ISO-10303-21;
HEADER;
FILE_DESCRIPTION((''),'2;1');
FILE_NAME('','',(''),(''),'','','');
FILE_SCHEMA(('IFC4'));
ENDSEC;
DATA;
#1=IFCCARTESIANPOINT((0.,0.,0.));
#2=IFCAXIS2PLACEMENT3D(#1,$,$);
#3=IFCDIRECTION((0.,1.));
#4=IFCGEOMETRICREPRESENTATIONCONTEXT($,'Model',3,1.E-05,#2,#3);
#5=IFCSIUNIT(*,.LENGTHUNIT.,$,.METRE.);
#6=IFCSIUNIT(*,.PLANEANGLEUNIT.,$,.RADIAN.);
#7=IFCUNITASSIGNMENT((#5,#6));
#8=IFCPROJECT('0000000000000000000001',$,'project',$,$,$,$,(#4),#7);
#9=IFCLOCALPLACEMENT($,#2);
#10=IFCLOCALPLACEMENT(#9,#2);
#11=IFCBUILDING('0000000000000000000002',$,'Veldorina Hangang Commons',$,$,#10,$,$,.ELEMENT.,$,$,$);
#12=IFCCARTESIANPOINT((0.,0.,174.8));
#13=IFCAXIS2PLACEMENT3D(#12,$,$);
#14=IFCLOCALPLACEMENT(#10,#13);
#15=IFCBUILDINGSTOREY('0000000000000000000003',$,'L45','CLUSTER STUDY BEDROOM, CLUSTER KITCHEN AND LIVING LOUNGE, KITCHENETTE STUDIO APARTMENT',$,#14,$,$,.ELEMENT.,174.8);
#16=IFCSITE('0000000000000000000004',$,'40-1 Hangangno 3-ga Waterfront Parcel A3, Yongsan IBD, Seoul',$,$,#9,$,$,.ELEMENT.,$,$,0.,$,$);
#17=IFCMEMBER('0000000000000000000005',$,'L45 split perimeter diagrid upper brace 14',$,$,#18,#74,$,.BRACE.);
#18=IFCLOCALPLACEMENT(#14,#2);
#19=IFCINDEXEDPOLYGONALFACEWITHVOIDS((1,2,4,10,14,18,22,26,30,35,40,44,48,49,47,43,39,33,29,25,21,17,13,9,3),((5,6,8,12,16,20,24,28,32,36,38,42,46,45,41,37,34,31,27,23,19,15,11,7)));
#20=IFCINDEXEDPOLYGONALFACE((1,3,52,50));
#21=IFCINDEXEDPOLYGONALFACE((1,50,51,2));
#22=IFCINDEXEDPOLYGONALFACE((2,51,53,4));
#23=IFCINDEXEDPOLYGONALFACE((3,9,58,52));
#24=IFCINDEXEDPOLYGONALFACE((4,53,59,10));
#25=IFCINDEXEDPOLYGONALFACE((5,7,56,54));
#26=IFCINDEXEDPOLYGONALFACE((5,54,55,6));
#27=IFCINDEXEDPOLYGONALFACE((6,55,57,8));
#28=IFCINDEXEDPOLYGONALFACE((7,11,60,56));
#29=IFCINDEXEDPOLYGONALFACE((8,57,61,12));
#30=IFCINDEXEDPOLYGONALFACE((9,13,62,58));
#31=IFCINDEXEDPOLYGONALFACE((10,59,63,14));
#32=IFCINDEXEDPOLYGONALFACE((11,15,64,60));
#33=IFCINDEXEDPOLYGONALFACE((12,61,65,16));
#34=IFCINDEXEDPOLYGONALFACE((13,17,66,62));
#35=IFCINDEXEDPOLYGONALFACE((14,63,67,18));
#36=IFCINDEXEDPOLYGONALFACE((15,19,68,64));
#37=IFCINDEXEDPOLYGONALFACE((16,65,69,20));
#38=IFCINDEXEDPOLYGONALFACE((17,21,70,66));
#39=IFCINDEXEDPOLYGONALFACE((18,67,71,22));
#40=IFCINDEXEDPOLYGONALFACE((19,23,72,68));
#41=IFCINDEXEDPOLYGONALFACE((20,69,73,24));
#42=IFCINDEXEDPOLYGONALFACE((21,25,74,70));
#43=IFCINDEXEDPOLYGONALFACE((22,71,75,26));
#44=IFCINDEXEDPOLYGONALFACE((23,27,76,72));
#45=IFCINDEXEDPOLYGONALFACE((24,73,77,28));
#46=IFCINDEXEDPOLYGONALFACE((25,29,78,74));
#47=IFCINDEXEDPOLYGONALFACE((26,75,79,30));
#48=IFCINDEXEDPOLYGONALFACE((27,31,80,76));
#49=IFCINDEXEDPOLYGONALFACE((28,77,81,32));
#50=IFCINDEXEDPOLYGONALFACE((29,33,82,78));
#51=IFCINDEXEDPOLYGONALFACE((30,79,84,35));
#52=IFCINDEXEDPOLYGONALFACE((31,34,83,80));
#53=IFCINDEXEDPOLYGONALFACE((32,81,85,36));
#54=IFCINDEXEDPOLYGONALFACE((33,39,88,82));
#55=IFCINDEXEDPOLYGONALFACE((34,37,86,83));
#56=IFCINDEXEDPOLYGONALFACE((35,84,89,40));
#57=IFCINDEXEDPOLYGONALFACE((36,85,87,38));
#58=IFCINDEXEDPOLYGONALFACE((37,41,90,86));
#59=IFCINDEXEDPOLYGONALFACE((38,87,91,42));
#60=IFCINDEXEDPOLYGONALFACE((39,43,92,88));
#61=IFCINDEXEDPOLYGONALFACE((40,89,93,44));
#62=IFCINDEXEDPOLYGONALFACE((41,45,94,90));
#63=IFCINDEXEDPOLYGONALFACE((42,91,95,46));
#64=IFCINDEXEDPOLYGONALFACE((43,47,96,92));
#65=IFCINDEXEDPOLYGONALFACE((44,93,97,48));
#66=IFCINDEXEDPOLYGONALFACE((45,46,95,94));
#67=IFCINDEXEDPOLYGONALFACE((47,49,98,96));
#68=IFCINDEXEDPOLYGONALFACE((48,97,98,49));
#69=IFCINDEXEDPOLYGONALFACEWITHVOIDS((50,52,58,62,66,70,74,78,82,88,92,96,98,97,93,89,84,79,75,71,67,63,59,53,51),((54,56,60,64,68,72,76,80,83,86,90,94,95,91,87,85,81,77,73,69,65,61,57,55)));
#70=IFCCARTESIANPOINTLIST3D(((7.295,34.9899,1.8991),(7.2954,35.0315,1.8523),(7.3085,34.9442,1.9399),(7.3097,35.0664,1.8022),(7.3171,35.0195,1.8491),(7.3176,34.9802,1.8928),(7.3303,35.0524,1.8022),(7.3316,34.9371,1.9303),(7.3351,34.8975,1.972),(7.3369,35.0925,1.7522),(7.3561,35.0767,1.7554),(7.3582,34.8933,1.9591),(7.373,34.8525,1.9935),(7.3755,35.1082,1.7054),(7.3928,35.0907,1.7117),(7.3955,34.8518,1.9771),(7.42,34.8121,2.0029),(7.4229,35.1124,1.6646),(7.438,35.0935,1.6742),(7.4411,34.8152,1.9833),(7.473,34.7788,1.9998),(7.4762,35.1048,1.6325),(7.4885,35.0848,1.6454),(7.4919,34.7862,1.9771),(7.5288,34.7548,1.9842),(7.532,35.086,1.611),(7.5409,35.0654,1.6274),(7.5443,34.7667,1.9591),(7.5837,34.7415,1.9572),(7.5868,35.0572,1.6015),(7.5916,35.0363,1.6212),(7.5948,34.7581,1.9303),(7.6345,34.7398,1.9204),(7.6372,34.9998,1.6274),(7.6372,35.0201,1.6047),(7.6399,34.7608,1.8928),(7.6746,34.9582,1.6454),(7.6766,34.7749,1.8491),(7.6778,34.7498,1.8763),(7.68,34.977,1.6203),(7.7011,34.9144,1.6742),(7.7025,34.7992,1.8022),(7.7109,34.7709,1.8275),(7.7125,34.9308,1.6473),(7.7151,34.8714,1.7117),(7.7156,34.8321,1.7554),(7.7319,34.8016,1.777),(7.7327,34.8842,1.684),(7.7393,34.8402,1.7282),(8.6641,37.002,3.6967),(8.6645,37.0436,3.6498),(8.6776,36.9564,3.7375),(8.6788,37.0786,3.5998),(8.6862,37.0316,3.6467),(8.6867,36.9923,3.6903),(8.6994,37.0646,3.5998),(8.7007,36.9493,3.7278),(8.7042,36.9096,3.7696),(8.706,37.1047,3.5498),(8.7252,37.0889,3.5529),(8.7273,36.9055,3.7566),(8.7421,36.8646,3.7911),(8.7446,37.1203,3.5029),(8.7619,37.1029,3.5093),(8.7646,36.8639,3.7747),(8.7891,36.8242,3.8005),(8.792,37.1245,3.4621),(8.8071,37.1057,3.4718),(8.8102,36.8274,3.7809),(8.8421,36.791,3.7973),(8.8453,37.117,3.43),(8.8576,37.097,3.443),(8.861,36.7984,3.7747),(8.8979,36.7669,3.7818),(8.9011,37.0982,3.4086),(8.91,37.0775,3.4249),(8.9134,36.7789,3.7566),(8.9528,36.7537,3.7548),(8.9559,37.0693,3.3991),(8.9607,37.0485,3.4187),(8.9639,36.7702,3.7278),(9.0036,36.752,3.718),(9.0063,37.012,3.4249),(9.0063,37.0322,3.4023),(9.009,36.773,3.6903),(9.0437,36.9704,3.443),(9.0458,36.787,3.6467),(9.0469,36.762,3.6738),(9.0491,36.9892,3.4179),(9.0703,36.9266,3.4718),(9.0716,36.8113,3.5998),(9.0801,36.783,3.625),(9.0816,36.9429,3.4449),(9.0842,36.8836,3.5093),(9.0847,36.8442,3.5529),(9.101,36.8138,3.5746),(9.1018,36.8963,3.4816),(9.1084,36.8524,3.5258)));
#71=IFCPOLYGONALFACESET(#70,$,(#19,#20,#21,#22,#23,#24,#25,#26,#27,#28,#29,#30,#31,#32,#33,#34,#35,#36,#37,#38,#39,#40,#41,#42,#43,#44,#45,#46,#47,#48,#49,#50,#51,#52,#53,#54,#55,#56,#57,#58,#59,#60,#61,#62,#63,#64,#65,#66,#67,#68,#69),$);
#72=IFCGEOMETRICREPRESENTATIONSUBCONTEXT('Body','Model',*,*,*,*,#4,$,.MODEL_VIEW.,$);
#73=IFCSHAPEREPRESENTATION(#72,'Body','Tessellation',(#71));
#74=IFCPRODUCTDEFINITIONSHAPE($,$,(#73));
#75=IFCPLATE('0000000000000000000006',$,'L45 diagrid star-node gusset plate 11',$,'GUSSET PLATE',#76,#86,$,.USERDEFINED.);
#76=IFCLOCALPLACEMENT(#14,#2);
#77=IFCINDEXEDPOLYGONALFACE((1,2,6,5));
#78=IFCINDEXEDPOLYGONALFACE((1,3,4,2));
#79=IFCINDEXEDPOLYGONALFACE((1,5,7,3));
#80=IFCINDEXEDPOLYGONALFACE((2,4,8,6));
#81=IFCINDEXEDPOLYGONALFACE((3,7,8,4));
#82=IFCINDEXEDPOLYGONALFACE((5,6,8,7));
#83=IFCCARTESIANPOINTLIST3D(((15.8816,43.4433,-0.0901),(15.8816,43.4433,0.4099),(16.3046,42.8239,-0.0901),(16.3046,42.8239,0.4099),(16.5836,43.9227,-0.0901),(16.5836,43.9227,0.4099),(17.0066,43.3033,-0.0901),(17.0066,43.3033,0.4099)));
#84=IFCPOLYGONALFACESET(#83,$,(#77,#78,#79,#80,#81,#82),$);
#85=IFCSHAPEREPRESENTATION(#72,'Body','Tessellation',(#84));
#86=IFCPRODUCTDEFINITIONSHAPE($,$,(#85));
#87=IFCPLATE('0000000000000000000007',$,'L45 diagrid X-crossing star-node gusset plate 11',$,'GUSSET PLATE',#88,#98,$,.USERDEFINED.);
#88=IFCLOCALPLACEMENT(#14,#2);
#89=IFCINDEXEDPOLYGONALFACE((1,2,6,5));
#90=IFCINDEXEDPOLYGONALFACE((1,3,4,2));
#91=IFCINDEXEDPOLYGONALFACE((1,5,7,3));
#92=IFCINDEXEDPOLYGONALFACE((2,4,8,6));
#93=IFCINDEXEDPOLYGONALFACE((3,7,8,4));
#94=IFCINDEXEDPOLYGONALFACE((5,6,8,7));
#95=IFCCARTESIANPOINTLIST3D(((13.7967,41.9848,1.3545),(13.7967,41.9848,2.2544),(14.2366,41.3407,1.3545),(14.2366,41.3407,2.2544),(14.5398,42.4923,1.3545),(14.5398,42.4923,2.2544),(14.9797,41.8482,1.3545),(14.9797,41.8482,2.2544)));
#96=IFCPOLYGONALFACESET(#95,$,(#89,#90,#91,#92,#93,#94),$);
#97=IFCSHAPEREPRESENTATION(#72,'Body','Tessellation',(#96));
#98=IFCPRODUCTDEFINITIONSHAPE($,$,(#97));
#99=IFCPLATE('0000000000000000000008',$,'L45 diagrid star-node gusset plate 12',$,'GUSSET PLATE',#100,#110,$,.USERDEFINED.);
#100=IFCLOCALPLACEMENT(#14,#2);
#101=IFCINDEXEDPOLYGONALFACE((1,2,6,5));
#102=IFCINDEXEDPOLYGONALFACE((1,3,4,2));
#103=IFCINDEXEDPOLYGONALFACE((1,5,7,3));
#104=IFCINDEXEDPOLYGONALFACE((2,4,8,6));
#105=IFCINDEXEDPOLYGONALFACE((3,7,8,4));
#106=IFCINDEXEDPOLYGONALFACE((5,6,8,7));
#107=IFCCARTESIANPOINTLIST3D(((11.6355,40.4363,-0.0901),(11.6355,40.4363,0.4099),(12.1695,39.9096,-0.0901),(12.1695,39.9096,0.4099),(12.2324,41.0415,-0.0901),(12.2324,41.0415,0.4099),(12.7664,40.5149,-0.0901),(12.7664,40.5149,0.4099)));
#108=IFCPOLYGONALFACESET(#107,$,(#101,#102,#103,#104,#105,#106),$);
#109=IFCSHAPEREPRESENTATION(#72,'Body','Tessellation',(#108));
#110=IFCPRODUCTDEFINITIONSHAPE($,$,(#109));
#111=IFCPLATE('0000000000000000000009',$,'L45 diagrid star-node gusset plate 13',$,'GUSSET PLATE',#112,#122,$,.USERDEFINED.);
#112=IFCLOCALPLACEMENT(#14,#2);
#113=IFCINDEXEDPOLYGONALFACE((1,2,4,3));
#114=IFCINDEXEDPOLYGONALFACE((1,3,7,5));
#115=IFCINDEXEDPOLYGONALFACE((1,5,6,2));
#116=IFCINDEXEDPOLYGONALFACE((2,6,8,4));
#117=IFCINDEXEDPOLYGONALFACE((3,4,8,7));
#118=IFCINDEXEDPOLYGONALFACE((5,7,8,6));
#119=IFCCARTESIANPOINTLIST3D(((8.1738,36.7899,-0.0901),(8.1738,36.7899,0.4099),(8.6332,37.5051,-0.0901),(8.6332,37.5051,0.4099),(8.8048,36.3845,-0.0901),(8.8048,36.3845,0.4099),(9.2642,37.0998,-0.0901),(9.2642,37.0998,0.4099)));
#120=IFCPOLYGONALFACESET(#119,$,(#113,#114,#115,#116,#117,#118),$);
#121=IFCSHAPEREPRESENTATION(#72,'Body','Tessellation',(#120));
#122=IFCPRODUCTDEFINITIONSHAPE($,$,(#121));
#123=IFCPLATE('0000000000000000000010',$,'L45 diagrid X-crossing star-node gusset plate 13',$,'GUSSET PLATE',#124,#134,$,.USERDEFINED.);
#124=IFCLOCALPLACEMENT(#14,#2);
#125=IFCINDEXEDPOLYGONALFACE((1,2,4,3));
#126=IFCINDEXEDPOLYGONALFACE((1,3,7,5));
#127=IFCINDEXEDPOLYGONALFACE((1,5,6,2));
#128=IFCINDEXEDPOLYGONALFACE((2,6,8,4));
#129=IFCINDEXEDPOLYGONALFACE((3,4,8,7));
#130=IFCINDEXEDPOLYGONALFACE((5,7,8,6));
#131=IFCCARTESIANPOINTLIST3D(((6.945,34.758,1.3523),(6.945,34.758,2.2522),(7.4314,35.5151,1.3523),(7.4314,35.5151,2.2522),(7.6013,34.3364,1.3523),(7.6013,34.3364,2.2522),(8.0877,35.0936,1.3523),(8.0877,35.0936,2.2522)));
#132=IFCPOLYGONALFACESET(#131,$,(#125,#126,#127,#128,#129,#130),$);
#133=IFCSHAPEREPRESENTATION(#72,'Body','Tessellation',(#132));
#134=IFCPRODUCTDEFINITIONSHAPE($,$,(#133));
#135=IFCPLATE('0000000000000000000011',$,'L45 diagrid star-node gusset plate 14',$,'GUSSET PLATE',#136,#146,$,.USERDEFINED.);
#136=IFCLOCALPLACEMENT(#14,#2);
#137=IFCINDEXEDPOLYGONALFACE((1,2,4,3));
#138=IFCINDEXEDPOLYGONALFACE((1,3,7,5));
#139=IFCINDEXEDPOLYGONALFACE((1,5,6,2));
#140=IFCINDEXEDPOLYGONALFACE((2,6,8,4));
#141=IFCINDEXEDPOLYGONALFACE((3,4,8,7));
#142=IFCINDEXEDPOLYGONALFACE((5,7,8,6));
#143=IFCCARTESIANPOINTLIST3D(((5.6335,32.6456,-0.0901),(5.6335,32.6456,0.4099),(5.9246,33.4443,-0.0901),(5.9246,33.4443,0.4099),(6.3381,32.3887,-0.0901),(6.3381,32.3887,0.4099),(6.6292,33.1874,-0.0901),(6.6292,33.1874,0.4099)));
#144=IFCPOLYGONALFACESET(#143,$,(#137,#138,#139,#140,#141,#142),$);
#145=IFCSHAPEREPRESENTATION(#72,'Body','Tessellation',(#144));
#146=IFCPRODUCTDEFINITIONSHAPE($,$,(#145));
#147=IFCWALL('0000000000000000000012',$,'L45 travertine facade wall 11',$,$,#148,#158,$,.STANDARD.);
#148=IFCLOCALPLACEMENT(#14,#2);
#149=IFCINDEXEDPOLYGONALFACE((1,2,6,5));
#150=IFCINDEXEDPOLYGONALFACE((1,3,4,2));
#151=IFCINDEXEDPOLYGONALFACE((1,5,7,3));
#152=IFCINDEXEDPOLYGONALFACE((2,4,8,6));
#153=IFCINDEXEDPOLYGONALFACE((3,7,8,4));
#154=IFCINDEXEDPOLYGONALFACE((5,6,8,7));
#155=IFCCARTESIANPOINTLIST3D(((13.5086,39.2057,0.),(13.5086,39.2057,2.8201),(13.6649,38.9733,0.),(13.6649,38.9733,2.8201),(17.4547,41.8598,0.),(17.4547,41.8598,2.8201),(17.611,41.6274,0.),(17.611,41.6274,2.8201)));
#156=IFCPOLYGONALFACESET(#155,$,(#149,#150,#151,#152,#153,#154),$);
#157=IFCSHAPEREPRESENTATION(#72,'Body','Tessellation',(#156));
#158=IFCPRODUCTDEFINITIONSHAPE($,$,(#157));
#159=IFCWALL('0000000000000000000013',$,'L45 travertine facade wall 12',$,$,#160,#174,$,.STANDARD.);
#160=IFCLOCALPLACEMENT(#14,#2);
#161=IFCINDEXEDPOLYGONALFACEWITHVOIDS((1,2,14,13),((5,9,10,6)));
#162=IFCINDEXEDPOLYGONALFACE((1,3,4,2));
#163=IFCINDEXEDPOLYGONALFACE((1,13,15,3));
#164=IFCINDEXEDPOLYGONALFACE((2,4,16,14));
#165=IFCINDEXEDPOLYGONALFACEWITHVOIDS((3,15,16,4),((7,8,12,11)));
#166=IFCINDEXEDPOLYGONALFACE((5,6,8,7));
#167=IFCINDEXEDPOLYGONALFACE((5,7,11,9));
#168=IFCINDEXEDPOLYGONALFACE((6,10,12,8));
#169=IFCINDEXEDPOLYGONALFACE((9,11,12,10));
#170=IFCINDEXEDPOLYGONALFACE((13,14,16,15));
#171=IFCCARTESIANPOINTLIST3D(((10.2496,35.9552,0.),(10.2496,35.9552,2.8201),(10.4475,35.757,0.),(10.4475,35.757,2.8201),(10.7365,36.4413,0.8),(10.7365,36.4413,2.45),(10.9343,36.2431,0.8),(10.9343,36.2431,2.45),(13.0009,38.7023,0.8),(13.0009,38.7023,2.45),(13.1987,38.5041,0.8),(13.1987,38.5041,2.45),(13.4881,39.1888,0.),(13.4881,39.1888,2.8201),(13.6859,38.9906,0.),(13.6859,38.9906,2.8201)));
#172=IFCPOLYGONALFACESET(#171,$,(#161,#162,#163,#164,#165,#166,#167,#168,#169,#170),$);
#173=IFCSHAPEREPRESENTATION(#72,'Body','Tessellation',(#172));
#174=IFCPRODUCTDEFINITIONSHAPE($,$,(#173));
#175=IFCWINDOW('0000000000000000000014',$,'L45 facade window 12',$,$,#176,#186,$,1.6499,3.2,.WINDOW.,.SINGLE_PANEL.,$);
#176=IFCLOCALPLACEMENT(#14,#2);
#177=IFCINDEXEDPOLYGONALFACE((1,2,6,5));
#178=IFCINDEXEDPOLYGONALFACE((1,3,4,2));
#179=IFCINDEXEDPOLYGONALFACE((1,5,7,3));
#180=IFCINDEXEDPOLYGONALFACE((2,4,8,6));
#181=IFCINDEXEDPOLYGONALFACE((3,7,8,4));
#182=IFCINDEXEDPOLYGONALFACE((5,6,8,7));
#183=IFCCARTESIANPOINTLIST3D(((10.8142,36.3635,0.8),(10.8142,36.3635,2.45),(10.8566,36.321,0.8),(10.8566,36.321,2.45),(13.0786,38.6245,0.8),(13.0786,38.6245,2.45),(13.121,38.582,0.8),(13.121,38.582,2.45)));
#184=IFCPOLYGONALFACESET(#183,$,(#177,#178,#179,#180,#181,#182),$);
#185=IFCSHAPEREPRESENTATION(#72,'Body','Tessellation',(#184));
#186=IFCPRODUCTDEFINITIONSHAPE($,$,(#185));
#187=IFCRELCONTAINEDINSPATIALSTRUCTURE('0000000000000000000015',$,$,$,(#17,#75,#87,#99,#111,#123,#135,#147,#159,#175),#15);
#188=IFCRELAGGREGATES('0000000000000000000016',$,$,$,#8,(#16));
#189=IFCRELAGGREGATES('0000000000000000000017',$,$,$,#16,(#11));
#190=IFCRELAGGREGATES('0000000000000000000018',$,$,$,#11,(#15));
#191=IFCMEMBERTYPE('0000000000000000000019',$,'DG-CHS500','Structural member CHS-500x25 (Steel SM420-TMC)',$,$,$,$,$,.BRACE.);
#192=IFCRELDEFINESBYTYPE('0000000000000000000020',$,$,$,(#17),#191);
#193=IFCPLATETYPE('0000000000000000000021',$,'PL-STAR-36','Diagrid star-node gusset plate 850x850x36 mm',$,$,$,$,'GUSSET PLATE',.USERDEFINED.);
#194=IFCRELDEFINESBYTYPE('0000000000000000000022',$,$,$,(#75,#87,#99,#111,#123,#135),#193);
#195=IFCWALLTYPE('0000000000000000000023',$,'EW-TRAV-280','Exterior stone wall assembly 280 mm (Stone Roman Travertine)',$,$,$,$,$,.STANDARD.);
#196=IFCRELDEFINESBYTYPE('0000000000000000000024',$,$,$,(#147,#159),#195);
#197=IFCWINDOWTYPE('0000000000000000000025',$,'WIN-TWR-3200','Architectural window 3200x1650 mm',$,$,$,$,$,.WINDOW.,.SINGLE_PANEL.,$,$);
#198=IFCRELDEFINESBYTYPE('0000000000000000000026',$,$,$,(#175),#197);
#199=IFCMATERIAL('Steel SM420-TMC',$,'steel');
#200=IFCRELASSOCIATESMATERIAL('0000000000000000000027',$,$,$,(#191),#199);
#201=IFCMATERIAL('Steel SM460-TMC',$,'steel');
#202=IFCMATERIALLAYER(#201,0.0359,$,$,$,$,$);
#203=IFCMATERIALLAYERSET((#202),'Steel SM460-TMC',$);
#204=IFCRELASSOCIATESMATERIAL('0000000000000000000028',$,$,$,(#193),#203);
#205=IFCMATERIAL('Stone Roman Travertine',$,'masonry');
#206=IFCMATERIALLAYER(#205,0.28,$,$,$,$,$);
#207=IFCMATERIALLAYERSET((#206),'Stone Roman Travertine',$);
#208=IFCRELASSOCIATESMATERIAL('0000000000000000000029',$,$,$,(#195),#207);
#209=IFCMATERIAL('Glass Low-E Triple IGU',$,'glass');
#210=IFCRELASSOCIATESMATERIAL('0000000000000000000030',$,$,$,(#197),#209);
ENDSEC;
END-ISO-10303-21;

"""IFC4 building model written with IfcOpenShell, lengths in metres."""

from ifc_helpers import new_model, si_unit, direction, frame, frame_2d, origin, origin_2d, place, context, subcontext, project, spatial, rectangle, hollow_circle, extrude, material, layer, layer_set, material_profile, profile_set, type_object, element, fill, save


model = new_model("IFC4")

# Units and contexts
model_context = context("Model", 3, precision=1e-05, world=origin(), true_north=direction((0.0, 1.0)))
body_context = subcontext(model_context, "Body", "Model", "MODEL_VIEW")
ifc_project = project(units=[si_unit("LENGTHUNIT", "METRE"), si_unit("PLANEANGLEUNIT", "RADIAN")], contexts=[model_context])

# Site, building, storey
site_placement = place(None, origin())
site = spatial("IfcSite", under=ifc_project, at=site_placement, Name="40-1 Hangangno 3-ga Waterfront Parcel A3, Yongsan IBD, Seoul", CompositionType="ELEMENT", RefElevation=0.0)
building_placement = place(site_placement, origin())
building = spatial("IfcBuilding", under=site, at=building_placement, Name="Veldorina Hangang Commons", CompositionType="ELEMENT")
storey_placement = place(building_placement, frame((0.0, 0.0, 174.8)))
storey = spatial("IfcBuildingStorey", under=building, at=storey_placement, Name="L45", Description="CLUSTER STUDY BEDROOM, CLUSTER KITCHEN AND LIVING LOUNGE, KITCHENETTE STUDIO APARTMENT", CompositionType="ELEMENT", Elevation=174.8)

# Shared definitions
ifc_material_1 = material(Name="Steel SM420-TMC", Category="steel")

# Member
ifc_material_profile_1 = material_profile(ifc_material_1, hollow_circle(Radius=0.25, WallThickness=0.0249, at=origin_2d()), Name="CHS-500x25")
ifc_profile_set_1 = profile_set([ifc_material_profile_1], Name="Steel SM420-TMC")
member_type = type_object("IfcMemberType", Name="DG-CHS500", Description="Structural member CHS-500x25 (Steel SM420-TMC)", PredefinedType="BRACE", material=ifc_profile_set_1)
member_1_placement = place(storey_placement, frame((7.5164, 34.9258, 1.8022), z_axis=(0.452502, 0.665037, 0.594111), x_axis=(-0.826766, 0.562546, 0.0)))
element("IfcMember", 1, at=member_1_placement, inside=storey, type_object=member_type, Name="L45 split perimeter diagrid upper brace 14", PredefinedType="BRACE", context=body_context, shape_type="SweptSolid", body=[
    extrude(hollow_circle(Radius=0.25, WallThickness=0.0249, at=origin_2d()), origin(), (0.0, 0.0, 1.0), 3.0256),
])

# Plates
ifc_material_2 = material(Name="Steel SM460-TMC", Category="steel")
ifc_layer_1 = layer(ifc_material_2, 0.0359)
ifc_layer_set_1 = layer_set([ifc_layer_1], Name="Steel SM460-TMC")
plate_type = type_object("IfcPlateType", Name="PL-STAR-36", Description="Diagrid star-node gusset plate 850x850x36 mm", ElementType="GUSSET PLATE", PredefinedType="USERDEFINED", material=ifc_layer_set_1)
plate_1_placement = place(storey_placement, frame((16.4441, 43.3733, -0.0901), z_axis=(0.0, 0.0, 1.0), x_axis=(-0.825803, -0.563959, 0.0)))
element("IfcPlate", 2, at=plate_1_placement, inside=storey, type_object=plate_type, Name="L45 diagrid star-node gusset plate 11", ObjectType="GUSSET PLATE", PredefinedType="USERDEFINED", context=body_context, shape_type="SweptSolid", body=[
    extrude(rectangle(XDim=0.8501, YDim=0.75, at=origin_2d()), origin(), (0.0, 0.0, 1.0), 0.5),
])
plate_2_placement = place(storey_placement, frame((14.3882, 41.9165, 1.3545), z_axis=(0.0, 0.0, 1.0), x_axis=(-0.825803, -0.563959, 0.0)))
element("IfcPlate", 3, at=plate_2_placement, inside=storey, type_object=plate_type, Name="L45 diagrid X-crossing star-node gusset plate 11", ObjectType="GUSSET PLATE", PredefinedType="USERDEFINED", context=body_context, shape_type="SweptSolid", body=[
    extrude(rectangle(XDim=0.8999, YDim=0.78, at=origin_2d()), origin(), (0.0, 0.0, 1.0), 0.8999),
])
for number, where, z_axis, x_axis, name in (
    (4, (12.2009, 40.4756, -0.0901), (0.0, 0.0, 1.0), (-0.702178, -0.712002, 0.0), "L45 diagrid star-node gusset plate 12"),
    (5, (8.719, 36.9448, -0.0901), (0.0, 0.0, 1.0), (-0.540446, -0.841379, 0.0), "L45 diagrid star-node gusset plate 13"),
):
    element("IfcPlate", number, at=place(storey_placement, frame(where, z_axis=z_axis, x_axis=x_axis)), inside=storey, type_object=plate_type, Name=name, ObjectType="GUSSET PLATE", PredefinedType="USERDEFINED", context=body_context, shape_type="SweptSolid", body=[
        extrude(rectangle(XDim=0.8501, YDim=0.75, at=origin_2d()), origin(), (0.0, 0.0, 1.0), 0.5),
    ])
plate_3_placement = place(storey_placement, frame((7.5164, 34.9258, 1.3523), z_axis=(0.0, 0.0, 1.0), x_axis=(-0.540446, -0.841379, 0.0)))
element("IfcPlate", 6, at=plate_3_placement, inside=storey, type_object=plate_type, Name="L45 diagrid X-crossing star-node gusset plate 13", ObjectType="GUSSET PLATE", PredefinedType="USERDEFINED", context=body_context, shape_type="SweptSolid", body=[
    extrude(rectangle(XDim=0.8999, YDim=0.78, at=origin_2d()), origin(), (0.0, 0.0, 1.0), 0.8999),
])
plate_4_placement = place(storey_placement, frame((6.1313, 32.9165, -0.0901), z_axis=(0.0, 0.0, 1.0), x_axis=(-0.342496, -0.939519, 0.0)))
element("IfcPlate", 7, at=plate_4_placement, inside=storey, type_object=plate_type, Name="L45 diagrid star-node gusset plate 14", ObjectType="GUSSET PLATE", PredefinedType="USERDEFINED", context=body_context, shape_type="SweptSolid", body=[
    extrude(rectangle(XDim=0.8501, YDim=0.75, at=origin_2d()), origin(), (0.0, 0.0, 1.0), 0.5),
])

# Wall
ifc_material_3 = material(Name="Stone Roman Travertine", Category="masonry")
ifc_layer_2 = layer(ifc_material_3, 0.28)
ifc_layer_set_2 = layer_set([ifc_layer_2], Name="Stone Roman Travertine")
wall_type_1 = type_object("IfcWallType", Name="EW-TRAV-280", Description="Exterior stone wall assembly 280 mm (Stone Roman Travertine)", PredefinedType="STANDARD", material=ifc_layer_set_2)
wall_1_placement = place(storey_placement, frame((17.533, 41.7437, 0.0), z_axis=(0.0, 0.0, 1.0), x_axis=(-0.829777, -0.558096, 0.0)))
element("IfcWall", 8, at=wall_1_placement, inside=storey, type_object=wall_type_1, Name="L45 travertine facade wall 11", PredefinedType="STANDARD", context=body_context, shape_type="SweptSolid", body=[
    extrude(rectangle(XDim=4.7556, YDim=0.28, at=frame_2d((2.3779, 0.0))), origin(), (0.0, 0.0, 1.0), 2.8201),
])

# Wall, opening, window
wall_2_placement = place(storey_placement, frame((13.5869, 39.0896, 0.0), z_axis=(0.0, 0.0, 1.0), x_axis=(-0.70764, -0.706573, 0.0)))
wall_2 = element("IfcWall", 9, at=wall_2_placement, inside=storey, type_object=wall_type_1, Name="L45 travertine facade wall 12", PredefinedType="STANDARD", context=body_context, shape_type="SweptSolid", body=[
    extrude(rectangle(XDim=4.5764, YDim=0.28, at=frame_2d((2.2881, 0.0))), origin(), (0.0, 0.0, 1.0), 2.8201),
])
opening_1_placement = place(wall_2_placement, frame((0.6882, 0.0, 0.8)))
opening_1 = element("IfcOpeningElement", 10, at=opening_1_placement, cuts=wall_2, PredefinedType="OPENING", context=body_context, shape_type="SweptSolid", body=[
    extrude(rectangle(XDim=3.2, YDim=1.6499, at=frame_2d((1.6001, 0.825))), frame((0.0, 0.1499, 0.0), z_axis=(0.0, -1.0, 0.0), x_axis=(1.0, 0.0, 0.0)), (0.0, 0.0, 1.0), 0.3),
])
ifc_material_4 = material(Name="Glass Low-E Triple IGU", Category="glass")
window_type = type_object("IfcWindowType", Name="WIN-TWR-3200", Description="Architectural window 3200x1650 mm", PartitioningType="SINGLE_PANEL", PredefinedType="WINDOW", material=ifc_material_4)
window_1_placement = place(opening_1_placement, origin())
window_1 = element("IfcWindow", 11, at=window_1_placement, inside=storey, type_object=window_type, Name="L45 facade window 12", OverallHeight=1.6499, OverallWidth=3.2, PartitioningType="SINGLE_PANEL", PredefinedType="WINDOW", context=body_context, shape_type="SweptSolid", body=[
    extrude(rectangle(XDim=3.2, YDim=1.6499, at=frame_2d((1.6001, 0.825))), frame((0.0, 0.03, 0.0), z_axis=(0.0, -1.0, 0.0), x_axis=(1.0, 0.0, 0.0)), (0.0, 0.0, 1.0), 0.0601),
])
fill(opening_1, window_1)

save(model, "model.ifc")
